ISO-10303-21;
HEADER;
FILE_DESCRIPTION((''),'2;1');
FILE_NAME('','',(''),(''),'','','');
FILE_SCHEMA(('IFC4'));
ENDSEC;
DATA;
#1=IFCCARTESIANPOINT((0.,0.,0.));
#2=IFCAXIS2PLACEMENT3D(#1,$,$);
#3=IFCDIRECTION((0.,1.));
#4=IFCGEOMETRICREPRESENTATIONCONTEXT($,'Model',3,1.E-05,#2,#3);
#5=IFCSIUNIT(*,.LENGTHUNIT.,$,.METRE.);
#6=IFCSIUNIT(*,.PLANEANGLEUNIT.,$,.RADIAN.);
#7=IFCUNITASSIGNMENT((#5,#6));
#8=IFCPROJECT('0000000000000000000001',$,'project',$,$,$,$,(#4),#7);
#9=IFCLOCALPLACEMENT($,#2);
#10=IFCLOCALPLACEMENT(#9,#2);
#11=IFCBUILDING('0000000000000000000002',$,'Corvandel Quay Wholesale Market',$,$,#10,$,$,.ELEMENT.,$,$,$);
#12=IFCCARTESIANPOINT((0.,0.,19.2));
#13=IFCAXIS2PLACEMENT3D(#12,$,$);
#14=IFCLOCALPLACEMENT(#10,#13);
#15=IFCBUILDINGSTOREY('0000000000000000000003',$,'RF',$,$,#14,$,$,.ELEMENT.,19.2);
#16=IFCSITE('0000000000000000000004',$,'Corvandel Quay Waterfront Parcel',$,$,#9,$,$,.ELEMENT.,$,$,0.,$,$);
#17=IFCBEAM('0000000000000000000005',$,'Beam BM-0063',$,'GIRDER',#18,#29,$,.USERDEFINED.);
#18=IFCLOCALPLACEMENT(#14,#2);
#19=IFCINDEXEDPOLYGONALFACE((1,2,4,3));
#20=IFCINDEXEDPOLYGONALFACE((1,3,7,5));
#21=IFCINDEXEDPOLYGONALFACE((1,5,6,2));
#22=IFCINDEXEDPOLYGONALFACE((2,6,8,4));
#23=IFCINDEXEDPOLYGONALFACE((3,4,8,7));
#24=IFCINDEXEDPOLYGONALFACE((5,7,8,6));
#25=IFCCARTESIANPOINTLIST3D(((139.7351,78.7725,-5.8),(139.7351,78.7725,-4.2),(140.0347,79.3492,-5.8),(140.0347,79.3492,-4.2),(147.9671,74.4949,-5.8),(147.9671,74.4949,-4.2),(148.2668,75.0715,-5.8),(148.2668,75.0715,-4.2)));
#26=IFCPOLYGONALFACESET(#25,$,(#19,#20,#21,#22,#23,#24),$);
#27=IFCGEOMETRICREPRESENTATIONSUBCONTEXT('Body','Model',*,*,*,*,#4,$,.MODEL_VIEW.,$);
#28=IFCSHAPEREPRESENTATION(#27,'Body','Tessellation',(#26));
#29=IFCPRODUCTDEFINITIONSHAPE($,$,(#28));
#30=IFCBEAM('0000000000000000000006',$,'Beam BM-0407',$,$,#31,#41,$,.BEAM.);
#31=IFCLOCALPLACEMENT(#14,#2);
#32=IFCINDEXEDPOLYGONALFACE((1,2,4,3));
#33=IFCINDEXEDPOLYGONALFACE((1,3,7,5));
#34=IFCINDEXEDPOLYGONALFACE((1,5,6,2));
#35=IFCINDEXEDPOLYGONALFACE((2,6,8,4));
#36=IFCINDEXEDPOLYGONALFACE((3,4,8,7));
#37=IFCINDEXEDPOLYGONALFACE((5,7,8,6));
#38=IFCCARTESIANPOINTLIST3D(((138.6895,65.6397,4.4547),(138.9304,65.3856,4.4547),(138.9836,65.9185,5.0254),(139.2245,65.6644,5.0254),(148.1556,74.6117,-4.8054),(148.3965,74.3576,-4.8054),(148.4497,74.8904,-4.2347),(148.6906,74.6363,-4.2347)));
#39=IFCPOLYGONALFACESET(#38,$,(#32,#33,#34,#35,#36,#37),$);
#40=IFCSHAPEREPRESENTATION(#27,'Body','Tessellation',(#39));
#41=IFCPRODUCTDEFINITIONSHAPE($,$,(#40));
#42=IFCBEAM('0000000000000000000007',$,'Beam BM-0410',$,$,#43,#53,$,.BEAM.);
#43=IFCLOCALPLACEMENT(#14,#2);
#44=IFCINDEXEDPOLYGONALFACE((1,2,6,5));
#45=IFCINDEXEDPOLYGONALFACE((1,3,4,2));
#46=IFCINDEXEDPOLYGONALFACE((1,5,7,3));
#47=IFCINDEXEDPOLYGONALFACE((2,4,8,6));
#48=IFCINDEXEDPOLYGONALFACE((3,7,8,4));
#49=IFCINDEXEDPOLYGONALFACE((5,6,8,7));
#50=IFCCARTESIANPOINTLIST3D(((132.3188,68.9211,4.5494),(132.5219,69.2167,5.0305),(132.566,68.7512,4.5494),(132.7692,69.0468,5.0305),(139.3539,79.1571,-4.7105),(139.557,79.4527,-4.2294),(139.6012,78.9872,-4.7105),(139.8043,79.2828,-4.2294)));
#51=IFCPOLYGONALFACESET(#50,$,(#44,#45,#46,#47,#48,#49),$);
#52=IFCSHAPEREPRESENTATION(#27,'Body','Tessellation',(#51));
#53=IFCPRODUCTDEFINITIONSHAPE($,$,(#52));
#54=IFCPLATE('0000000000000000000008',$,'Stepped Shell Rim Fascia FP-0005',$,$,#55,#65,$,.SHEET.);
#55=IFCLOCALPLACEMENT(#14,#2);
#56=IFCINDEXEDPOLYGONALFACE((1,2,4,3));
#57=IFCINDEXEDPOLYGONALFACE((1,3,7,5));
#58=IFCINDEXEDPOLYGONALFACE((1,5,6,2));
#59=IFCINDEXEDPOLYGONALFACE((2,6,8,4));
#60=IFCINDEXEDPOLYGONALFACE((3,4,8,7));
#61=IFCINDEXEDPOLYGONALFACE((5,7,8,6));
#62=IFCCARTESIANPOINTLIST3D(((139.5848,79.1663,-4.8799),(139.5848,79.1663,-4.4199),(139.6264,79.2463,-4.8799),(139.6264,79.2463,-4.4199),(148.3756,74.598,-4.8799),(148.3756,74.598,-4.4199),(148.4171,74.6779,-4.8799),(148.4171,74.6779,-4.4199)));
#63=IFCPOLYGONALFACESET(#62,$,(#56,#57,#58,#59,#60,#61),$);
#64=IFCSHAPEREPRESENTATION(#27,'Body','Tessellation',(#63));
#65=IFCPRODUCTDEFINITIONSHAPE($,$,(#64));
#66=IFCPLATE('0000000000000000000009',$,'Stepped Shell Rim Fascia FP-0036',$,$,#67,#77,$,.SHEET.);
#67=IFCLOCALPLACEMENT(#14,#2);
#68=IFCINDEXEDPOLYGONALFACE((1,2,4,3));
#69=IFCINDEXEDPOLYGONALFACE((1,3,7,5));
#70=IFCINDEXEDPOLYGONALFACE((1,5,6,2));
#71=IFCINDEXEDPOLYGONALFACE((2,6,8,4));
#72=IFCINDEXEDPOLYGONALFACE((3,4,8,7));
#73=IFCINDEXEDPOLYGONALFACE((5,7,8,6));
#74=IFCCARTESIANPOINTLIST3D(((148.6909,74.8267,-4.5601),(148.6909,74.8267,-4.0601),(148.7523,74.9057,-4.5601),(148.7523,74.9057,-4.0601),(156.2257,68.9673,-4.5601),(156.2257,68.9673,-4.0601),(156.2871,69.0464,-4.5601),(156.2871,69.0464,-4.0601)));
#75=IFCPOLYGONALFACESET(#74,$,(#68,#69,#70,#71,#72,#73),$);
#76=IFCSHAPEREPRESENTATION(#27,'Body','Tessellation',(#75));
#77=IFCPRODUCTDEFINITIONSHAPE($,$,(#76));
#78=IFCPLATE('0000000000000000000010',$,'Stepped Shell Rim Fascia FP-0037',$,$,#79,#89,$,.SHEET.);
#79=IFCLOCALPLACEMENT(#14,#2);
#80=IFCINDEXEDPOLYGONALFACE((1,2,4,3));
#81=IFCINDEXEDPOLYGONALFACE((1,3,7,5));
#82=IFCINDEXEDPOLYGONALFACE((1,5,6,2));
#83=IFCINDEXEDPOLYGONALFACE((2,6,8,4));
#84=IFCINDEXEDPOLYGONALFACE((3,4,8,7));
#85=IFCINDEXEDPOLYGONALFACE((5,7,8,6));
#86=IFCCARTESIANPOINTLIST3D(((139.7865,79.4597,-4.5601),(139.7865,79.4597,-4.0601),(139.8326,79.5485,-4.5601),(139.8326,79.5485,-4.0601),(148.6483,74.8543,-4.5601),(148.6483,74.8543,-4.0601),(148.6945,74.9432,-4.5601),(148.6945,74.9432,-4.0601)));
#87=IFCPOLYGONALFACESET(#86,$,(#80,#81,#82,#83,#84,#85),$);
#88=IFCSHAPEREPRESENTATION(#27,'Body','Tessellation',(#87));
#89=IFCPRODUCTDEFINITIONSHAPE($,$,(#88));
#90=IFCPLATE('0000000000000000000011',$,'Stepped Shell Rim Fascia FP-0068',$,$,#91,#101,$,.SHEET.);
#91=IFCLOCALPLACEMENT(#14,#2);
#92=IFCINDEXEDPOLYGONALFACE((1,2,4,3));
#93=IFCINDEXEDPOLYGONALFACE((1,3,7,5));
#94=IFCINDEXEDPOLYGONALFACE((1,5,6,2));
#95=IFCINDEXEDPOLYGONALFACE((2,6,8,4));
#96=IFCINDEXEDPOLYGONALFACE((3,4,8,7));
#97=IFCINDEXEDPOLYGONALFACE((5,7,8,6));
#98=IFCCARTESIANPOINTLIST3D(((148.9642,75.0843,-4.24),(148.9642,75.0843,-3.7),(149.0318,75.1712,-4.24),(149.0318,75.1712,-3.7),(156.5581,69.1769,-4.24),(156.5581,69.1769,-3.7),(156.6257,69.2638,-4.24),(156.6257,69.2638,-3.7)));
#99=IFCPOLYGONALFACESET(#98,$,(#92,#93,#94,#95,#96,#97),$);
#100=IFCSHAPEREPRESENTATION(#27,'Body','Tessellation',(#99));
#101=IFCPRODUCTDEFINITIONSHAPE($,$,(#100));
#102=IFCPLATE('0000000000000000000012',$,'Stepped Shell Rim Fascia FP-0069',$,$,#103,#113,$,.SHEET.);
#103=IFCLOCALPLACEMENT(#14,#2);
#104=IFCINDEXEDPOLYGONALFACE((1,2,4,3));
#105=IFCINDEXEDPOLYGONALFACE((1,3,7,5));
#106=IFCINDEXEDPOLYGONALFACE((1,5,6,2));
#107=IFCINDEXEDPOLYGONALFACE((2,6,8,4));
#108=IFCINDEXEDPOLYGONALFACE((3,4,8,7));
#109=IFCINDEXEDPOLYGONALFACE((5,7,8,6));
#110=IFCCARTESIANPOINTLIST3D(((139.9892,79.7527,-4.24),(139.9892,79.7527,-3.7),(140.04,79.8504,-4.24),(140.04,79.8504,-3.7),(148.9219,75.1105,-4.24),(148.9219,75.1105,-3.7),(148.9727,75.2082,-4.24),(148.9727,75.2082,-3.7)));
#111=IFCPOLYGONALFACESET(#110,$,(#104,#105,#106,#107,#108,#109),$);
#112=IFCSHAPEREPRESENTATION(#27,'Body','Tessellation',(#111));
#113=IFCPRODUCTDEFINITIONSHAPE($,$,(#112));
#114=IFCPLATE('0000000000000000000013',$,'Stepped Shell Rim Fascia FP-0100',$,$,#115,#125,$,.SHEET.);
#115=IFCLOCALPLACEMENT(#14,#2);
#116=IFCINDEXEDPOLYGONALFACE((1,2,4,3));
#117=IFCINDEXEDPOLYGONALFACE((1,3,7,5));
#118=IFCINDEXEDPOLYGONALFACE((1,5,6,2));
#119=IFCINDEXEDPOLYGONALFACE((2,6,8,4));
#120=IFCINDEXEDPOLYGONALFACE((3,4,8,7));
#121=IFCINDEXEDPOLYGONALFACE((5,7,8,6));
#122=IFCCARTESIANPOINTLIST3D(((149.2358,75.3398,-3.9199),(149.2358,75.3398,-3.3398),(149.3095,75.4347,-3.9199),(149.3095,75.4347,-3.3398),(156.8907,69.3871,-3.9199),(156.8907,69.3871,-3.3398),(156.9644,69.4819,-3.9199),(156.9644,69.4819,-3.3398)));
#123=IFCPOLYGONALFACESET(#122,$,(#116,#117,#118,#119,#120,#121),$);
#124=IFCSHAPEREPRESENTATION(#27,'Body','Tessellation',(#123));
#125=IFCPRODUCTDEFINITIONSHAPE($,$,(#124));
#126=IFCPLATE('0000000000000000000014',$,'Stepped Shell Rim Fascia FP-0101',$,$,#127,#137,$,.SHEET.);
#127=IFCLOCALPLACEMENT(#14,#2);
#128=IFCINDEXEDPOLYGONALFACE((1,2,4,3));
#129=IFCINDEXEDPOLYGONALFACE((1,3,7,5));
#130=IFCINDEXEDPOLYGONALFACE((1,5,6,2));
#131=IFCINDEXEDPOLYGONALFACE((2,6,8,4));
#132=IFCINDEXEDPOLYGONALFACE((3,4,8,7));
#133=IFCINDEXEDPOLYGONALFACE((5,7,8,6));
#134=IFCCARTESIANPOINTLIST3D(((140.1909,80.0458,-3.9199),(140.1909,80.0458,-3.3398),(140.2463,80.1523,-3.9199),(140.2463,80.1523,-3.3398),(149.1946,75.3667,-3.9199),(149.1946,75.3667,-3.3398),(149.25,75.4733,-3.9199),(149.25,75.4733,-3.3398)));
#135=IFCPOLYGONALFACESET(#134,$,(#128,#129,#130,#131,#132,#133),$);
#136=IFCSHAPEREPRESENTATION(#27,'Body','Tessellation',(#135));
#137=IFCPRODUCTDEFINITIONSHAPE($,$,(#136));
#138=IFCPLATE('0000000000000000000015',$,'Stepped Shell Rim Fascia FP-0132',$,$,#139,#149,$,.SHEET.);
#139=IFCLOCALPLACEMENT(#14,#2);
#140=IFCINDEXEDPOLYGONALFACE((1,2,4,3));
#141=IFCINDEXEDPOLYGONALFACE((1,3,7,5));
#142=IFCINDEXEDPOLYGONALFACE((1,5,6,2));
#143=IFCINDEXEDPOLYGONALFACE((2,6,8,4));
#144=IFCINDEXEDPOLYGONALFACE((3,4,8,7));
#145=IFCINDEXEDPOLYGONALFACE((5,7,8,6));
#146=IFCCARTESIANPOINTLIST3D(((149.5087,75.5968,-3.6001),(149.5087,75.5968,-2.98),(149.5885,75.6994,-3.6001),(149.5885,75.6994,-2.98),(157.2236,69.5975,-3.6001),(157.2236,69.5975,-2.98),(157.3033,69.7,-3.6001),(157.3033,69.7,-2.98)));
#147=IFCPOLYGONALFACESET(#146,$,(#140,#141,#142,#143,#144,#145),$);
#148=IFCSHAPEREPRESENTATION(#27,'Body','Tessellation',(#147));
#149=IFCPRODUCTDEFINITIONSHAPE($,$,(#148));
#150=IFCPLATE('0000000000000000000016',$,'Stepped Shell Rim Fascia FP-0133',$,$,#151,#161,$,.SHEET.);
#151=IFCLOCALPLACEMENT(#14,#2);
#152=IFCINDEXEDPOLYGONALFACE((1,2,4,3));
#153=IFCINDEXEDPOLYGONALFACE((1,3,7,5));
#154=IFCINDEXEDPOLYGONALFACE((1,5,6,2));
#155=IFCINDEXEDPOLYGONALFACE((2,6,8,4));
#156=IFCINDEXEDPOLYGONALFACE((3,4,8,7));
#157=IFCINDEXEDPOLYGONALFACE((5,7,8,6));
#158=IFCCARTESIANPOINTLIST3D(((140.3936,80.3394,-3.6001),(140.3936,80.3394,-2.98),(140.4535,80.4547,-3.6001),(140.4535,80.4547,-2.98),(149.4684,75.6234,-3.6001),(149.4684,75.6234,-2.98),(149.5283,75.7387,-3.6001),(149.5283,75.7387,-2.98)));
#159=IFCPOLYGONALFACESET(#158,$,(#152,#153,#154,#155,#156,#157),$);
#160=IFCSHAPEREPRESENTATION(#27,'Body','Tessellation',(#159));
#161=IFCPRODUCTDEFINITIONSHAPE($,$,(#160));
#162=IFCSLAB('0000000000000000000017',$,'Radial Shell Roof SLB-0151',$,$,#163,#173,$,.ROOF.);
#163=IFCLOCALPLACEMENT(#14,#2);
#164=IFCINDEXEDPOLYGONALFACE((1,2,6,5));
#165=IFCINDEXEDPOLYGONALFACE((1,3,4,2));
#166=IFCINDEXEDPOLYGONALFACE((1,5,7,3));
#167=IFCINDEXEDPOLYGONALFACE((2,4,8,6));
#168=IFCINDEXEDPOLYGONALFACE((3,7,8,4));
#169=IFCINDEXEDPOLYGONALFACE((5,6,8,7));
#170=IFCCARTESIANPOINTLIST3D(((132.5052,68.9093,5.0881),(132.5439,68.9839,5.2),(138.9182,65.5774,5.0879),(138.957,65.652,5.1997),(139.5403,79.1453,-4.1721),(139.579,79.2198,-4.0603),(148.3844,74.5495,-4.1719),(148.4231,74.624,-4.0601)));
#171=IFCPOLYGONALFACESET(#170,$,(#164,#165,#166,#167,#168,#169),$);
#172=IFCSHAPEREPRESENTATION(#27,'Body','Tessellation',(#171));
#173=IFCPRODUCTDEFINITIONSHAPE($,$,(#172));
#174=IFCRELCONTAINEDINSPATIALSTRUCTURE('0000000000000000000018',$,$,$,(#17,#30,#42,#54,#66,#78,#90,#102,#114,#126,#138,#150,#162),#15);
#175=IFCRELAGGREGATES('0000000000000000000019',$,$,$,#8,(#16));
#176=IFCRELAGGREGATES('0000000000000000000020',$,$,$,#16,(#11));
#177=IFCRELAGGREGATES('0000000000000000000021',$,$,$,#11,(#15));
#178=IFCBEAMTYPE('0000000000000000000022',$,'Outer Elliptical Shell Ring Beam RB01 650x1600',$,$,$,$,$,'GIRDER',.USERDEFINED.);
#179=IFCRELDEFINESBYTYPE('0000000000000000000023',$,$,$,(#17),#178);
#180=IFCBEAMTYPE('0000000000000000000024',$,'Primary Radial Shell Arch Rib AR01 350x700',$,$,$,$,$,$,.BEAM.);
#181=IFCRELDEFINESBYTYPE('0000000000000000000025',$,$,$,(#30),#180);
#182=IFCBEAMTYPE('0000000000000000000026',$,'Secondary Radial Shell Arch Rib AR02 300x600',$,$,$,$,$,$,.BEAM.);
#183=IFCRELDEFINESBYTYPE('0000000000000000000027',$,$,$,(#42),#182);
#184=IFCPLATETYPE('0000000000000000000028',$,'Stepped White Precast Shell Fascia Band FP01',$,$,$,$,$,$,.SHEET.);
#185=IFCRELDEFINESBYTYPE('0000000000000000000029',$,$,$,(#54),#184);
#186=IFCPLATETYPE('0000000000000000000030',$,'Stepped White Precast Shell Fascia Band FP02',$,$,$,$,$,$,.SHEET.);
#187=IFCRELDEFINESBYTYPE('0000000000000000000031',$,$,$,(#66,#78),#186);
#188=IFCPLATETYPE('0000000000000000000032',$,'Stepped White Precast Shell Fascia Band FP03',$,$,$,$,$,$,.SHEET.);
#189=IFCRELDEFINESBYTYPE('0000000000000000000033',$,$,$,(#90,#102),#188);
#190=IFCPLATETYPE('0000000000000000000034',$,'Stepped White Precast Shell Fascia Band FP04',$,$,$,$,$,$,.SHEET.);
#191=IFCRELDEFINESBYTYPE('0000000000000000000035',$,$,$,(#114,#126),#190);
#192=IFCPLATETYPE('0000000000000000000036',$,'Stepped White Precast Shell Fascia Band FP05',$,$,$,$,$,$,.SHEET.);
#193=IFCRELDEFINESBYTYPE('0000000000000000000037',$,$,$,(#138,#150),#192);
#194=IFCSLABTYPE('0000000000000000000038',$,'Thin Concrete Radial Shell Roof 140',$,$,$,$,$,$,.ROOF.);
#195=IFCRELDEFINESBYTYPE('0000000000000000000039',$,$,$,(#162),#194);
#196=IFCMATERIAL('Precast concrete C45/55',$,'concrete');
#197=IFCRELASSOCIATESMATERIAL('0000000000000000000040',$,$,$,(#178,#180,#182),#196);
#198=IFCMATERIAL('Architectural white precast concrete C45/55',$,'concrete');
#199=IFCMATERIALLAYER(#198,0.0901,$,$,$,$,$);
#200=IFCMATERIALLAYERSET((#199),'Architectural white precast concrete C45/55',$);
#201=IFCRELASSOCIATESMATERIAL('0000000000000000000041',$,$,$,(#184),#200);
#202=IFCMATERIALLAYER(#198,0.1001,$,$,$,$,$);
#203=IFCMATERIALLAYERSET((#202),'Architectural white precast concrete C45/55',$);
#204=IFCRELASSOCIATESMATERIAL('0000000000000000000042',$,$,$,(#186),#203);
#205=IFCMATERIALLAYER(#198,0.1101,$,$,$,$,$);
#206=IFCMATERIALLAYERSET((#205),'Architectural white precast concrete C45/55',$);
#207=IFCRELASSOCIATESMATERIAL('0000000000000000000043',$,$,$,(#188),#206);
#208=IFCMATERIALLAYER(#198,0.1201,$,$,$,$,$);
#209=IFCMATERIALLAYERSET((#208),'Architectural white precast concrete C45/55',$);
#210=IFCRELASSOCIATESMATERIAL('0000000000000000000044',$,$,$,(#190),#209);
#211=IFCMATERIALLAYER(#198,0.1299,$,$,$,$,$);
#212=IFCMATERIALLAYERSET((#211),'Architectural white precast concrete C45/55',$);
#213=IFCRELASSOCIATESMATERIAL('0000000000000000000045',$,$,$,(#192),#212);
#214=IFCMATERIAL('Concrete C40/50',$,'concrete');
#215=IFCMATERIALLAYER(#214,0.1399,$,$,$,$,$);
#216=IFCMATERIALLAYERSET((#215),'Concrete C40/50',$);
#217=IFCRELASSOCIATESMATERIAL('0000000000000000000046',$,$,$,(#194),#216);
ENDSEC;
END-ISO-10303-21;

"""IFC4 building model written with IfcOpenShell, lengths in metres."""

from ifc_helpers import new_model, si_unit, direction, frame, origin, origin_2d, place, context, subcontext, project, spatial, polyline, rectangle, outline, extrude, material, layer, layer_set, material_profile, profile_set, type_object, element, save


model = new_model("IFC4")

# Units and contexts
model_context = context("Model", 3, precision=1e-05, world=origin(), true_north=direction((0.0, 1.0)))
body_context = subcontext(model_context, "Body", "Model", "MODEL_VIEW")
ifc_project = project(units=[si_unit("LENGTHUNIT", "METRE"), si_unit("PLANEANGLEUNIT", "RADIAN")], contexts=[model_context])

# Site, building, storey
site_placement = place(None, origin())
site = spatial("IfcSite", under=ifc_project, at=site_placement, Name="Corvandel Quay Waterfront Parcel", CompositionType="ELEMENT", RefElevation=0.0)
building_placement = place(site_placement, origin())
building = spatial("IfcBuilding", under=site, at=building_placement, Name="Corvandel Quay Wholesale Market", CompositionType="ELEMENT")
storey_placement = place(building_placement, frame((0.0, 0.0, 19.2)))
storey = spatial("IfcBuildingStorey", under=building, at=storey_placement, Name="RF", CompositionType="ELEMENT", Elevation=19.2)

# Beams
ifc_material_1 = material(Name="Precast concrete C45/55", Category="concrete")
ifc_material_profile_1 = material_profile(ifc_material_1, rectangle(XDim=0.6499, YDim=1.6001, at=origin_2d()), Name="PC-RING-650x1600")
ifc_profile_set_1 = profile_set([ifc_material_profile_1], Name="Precast concrete C45/55")
beam_type_1 = type_object("IfcBeamType", Name="Outer Elliptical Shell Ring Beam RB01 650x1600", ElementType="GIRDER", PredefinedType="USERDEFINED", material=ifc_profile_set_1)
beam_1_placement = place(storey_placement, frame((148.1169, 74.7832, -5.0), z_axis=(-0.88735, 0.461097, 0.0), x_axis=(-0.461097, -0.88735, 0.0)))
element("IfcBeam", 1, at=beam_1_placement, inside=storey, type_object=beam_type_1, Name="Beam BM-0063", ObjectType="GIRDER", PredefinedType="USERDEFINED", context=body_context, shape_type="SweptSolid", body=[
    extrude(rectangle(XDim=0.6499, YDim=1.6001, at=origin_2d()), origin(), (0.0, 0.0, 1.0), 9.2771),
])
ifc_material_profile_2 = material_profile(ifc_material_1, rectangle(XDim=0.3501, YDim=0.7, at=origin_2d()), Name="PC-RIB-350x700")
ifc_profile_set_2 = profile_set([ifc_material_profile_2], Name="Precast concrete C45/55")
beam_type_2 = type_object("IfcBeamType", Name="Primary Radial Shell Arch Rib AR01 350x700", PredefinedType="BEAM", material=ifc_profile_set_2)
beam_2_placement = place(storey_placement, frame((148.4231, 74.624, -4.52), z_axis=(-0.591803, -0.56091, 0.578921), x_axis=(0.687909, -0.725797, 0.0)))
element("IfcBeam", 2, at=beam_2_placement, inside=storey, type_object=beam_type_2, Name="Beam BM-0407", PredefinedType="BEAM", context=body_context, shape_type="SweptSolid", body=[
    extrude(rectangle(XDim=0.3501, YDim=0.7, at=origin_2d()), origin(), (0.0, 0.0, 1.0), 15.9954),
])
ifc_material_profile_3 = material_profile(ifc_material_1, rectangle(XDim=0.3, YDim=0.6001, at=origin_2d()), Name="PC-RIB-300x600")
ifc_profile_set_3 = profile_set([ifc_material_profile_3], Name="Precast concrete C45/55")
beam_type_3 = type_object("IfcBeamType", Name="Secondary Radial Shell Arch Rib AR02 300x600", PredefinedType="BEAM", material=ifc_profile_set_3)
beam_3_placement = place(storey_placement, frame((139.5791, 79.22, -4.47), z_axis=(-0.4541, -0.660711, 0.597708), x_axis=(0.824123, -0.566411, 0.0)))
element("IfcBeam", 3, at=beam_3_placement, inside=storey, type_object=beam_type_3, Name="Beam BM-0410", PredefinedType="BEAM", context=body_context, shape_type="SweptSolid", body=[
    extrude(rectangle(XDim=0.3, YDim=0.6001, at=origin_2d()), origin(), (0.0, 0.0, 1.0), 15.4924),
])

# Plates
ifc_material_2 = material(Name="Architectural white precast concrete C45/55", Category="concrete")
ifc_layer_1 = layer(ifc_material_2, 0.0901)
ifc_layer_set_1 = layer_set([ifc_layer_1], Name="Architectural white precast concrete C45/55")
plate_type_1 = type_object("IfcPlateType", Name="Stepped White Precast Shell Fascia Band FP01", PredefinedType="SHEET", material=ifc_layer_set_1)
plate_1_placement = place(storey_placement, frame((144.001, 76.9221, -4.8799), z_axis=(0.0, 0.0, 1.0), x_axis=(-0.887333, 0.461129, 0.0)))
element("IfcPlate", 4, at=plate_1_placement, inside=storey, type_object=plate_type_1, Name="Stepped Shell Rim Fascia FP-0005", PredefinedType="SHEET", context=body_context, shape_type="SweptSolid", body=[
    extrude(rectangle(XDim=9.907, YDim=0.0901, at=origin_2d()), origin(), (0.0, 0.0, 1.0), 0.46),
])
ifc_layer_2 = layer(ifc_material_2, 0.1001)
ifc_layer_set_2 = layer_set([ifc_layer_2], Name="Architectural white precast concrete C45/55")
plate_type_2 = type_object("IfcPlateType", Name="Stepped White Precast Shell Fascia Band FP02", PredefinedType="SHEET", material=ifc_layer_set_2)
plate_2_placement = place(storey_placement, frame((152.489, 71.9365, -4.5601), z_axis=(0.0, 0.0, 1.0), x_axis=(-0.789406, 0.613872, 0.0)))
element("IfcPlate", 5, at=plate_2_placement, inside=storey, type_object=plate_type_2, Name="Stepped Shell Rim Fascia FP-0036", PredefinedType="SHEET", context=body_context, shape_type="SweptSolid", body=[
    extrude(rectangle(XDim=9.5449, YDim=0.1001, at=origin_2d()), origin(), (0.0, 0.0, 1.0), 0.5),
])
plate_3_placement = place(storey_placement, frame((144.2405, 77.2014, -4.5601), z_axis=(0.0, 0.0, 1.0), x_axis=(-0.887333, 0.461129, 0.0)))
element("IfcPlate", 6, at=plate_3_placement, inside=storey, type_object=plate_type_2, Name="Stepped Shell Rim Fascia FP-0037", PredefinedType="SHEET", context=body_context, shape_type="SweptSolid", body=[
    extrude(rectangle(XDim=9.9871, YDim=0.1001, at=origin_2d()), origin(), (0.0, 0.0, 1.0), 0.5),
])
ifc_layer_3 = layer(ifc_material_2, 0.1101)
ifc_layer_set_3 = layer_set([ifc_layer_3], Name="Architectural white precast concrete C45/55")
plate_type_3 = type_object("IfcPlateType", Name="Stepped White Precast Shell Fascia Band FP03", PredefinedType="SHEET", material=ifc_layer_set_3)
plate_4_placement = place(storey_placement, frame((152.7949, 72.1741, -4.24), z_axis=(0.0, 0.0, 1.0), x_axis=(-0.789298, 0.61401, 0.0)))
element("IfcPlate", 7, at=plate_4_placement, inside=storey, type_object=plate_type_3, Name="Stepped Shell Rim Fascia FP-0068", PredefinedType="SHEET", context=body_context, shape_type="SweptSolid", body=[
    extrude(rectangle(XDim=9.6211, YDim=0.1101, at=origin_2d()), origin(), (0.0, 0.0, 1.0), 0.54),
])
plate_5_placement = place(storey_placement, frame((144.481, 77.4805, -4.24), z_axis=(0.0, 0.0, 1.0), x_axis=(-0.887333, 0.461129, 0.0)))
element("IfcPlate", 8, at=plate_5_placement, inside=storey, type_object=plate_type_3, Name="Stepped Shell Rim Fascia FP-0069", PredefinedType="SHEET", context=body_context, shape_type="SweptSolid", body=[
    extrude(rectangle(XDim=10.0669, YDim=0.1101, at=origin_2d()), origin(), (0.0, 0.0, 1.0), 0.54),
])
ifc_layer_4 = layer(ifc_material_2, 0.1201)
ifc_layer_set_4 = layer_set([ifc_layer_4], Name="Architectural white precast concrete C45/55")
plate_type_4 = type_object("IfcPlateType", Name="Stepped White Precast Shell Fascia Band FP04", PredefinedType="SHEET", material=ifc_layer_set_4)
plate_6_placement = place(storey_placement, frame((153.1001, 72.4109, -3.9199), z_axis=(0.0, 0.0, 1.0), x_axis=(-0.789406, 0.613872, 0.0)))
element("IfcPlate", 9, at=plate_6_placement, inside=storey, type_object=plate_type_4, Name="Stepped Shell Rim Fascia FP-0100", PredefinedType="SHEET", context=body_context, shape_type="SweptSolid", body=[
    extrude(rectangle(XDim=9.697, YDim=0.1201, at=origin_2d()), origin(), (0.0, 0.0, 1.0), 0.5801),
])
plate_7_placement = place(storey_placement, frame((144.7205, 77.7595, -3.9199), z_axis=(0.0, 0.0, 1.0), x_axis=(-0.887333, 0.461129, 0.0)))
element("IfcPlate", 10, at=plate_7_placement, inside=storey, type_object=plate_type_4, Name="Stepped Shell Rim Fascia FP-0101", PredefinedType="SHEET", context=body_context, shape_type="SweptSolid", body=[
    extrude(rectangle(XDim=10.147, YDim=0.1201, at=origin_2d()), origin(), (0.0, 0.0, 1.0), 0.5801),
])
ifc_layer_5 = layer(ifc_material_2, 0.1299)
ifc_layer_set_5 = layer_set([ifc_layer_5], Name="Architectural white precast concrete C45/55")
plate_type_5 = type_object("IfcPlateType", Name="Stepped White Precast Shell Fascia Band FP05", PredefinedType="SHEET", material=ifc_layer_set_5)
plate_8_placement = place(storey_placement, frame((153.406, 72.6484, -3.6001), z_axis=(0.0, 0.0, 1.0), x_axis=(-0.789406, 0.613872, 0.0)))
element("IfcPlate", 11, at=plate_8_placement, inside=storey, type_object=plate_type_5, Name="Stepped Shell Rim Fascia FP-0132", PredefinedType="SHEET", context=body_context, shape_type="SweptSolid", body=[
    extrude(rectangle(XDim=9.7729, YDim=0.1299, at=origin_2d()), origin(), (0.0, 0.0, 1.0), 0.6201),
])
plate_9_placement = place(storey_placement, frame((144.9609, 78.0391, -3.6001), z_axis=(0.0, 0.0, 1.0), x_axis=(-0.887333, 0.461129, 0.0)))
element("IfcPlate", 12, at=plate_9_placement, inside=storey, type_object=plate_type_5, Name="Stepped Shell Rim Fascia FP-0133", PredefinedType="SHEET", context=body_context, shape_type="SweptSolid", body=[
    extrude(rectangle(XDim=10.2271, YDim=0.1299, at=origin_2d()), origin(), (0.0, 0.0, 1.0), 0.6201),
])

# Slab
ifc_material_3 = material(Name="Concrete C40/50", Category="concrete")
ifc_layer_6 = layer(ifc_material_3, 0.1399)
ifc_layer_set_6 = layer_set([ifc_layer_6], Name="Concrete C40/50")
slab_type = type_object("IfcSlabType", Name="Thin Concrete Radial Shell Roof 140", PredefinedType="ROOF", material=ifc_layer_set_6)
slab_1_placement = place(storey_placement, frame((148.4231, 74.624, -4.0601), z_axis=(0.276939, 0.532975, 0.799526), x_axis=(-0.887345, 0.461107, -0.000022)))
element("IfcSlab", 13, at=slab_1_placement, inside=storey, type_object=slab_type, Name="Radial Shell Roof SLB-0151", PredefinedType="ROOF", context=body_context, shape_type="SweptSolid", body=[
    extrude(outline(polyline([(0.0, 0.0), (9.9669, 0.0), (11.4894, 15.4175), (4.2624, 15.4169), (0.0, 0.0)])), origin(), (0.0, 0.0, -1.0), 0.1399),
])

save(model, "model.ifc")
